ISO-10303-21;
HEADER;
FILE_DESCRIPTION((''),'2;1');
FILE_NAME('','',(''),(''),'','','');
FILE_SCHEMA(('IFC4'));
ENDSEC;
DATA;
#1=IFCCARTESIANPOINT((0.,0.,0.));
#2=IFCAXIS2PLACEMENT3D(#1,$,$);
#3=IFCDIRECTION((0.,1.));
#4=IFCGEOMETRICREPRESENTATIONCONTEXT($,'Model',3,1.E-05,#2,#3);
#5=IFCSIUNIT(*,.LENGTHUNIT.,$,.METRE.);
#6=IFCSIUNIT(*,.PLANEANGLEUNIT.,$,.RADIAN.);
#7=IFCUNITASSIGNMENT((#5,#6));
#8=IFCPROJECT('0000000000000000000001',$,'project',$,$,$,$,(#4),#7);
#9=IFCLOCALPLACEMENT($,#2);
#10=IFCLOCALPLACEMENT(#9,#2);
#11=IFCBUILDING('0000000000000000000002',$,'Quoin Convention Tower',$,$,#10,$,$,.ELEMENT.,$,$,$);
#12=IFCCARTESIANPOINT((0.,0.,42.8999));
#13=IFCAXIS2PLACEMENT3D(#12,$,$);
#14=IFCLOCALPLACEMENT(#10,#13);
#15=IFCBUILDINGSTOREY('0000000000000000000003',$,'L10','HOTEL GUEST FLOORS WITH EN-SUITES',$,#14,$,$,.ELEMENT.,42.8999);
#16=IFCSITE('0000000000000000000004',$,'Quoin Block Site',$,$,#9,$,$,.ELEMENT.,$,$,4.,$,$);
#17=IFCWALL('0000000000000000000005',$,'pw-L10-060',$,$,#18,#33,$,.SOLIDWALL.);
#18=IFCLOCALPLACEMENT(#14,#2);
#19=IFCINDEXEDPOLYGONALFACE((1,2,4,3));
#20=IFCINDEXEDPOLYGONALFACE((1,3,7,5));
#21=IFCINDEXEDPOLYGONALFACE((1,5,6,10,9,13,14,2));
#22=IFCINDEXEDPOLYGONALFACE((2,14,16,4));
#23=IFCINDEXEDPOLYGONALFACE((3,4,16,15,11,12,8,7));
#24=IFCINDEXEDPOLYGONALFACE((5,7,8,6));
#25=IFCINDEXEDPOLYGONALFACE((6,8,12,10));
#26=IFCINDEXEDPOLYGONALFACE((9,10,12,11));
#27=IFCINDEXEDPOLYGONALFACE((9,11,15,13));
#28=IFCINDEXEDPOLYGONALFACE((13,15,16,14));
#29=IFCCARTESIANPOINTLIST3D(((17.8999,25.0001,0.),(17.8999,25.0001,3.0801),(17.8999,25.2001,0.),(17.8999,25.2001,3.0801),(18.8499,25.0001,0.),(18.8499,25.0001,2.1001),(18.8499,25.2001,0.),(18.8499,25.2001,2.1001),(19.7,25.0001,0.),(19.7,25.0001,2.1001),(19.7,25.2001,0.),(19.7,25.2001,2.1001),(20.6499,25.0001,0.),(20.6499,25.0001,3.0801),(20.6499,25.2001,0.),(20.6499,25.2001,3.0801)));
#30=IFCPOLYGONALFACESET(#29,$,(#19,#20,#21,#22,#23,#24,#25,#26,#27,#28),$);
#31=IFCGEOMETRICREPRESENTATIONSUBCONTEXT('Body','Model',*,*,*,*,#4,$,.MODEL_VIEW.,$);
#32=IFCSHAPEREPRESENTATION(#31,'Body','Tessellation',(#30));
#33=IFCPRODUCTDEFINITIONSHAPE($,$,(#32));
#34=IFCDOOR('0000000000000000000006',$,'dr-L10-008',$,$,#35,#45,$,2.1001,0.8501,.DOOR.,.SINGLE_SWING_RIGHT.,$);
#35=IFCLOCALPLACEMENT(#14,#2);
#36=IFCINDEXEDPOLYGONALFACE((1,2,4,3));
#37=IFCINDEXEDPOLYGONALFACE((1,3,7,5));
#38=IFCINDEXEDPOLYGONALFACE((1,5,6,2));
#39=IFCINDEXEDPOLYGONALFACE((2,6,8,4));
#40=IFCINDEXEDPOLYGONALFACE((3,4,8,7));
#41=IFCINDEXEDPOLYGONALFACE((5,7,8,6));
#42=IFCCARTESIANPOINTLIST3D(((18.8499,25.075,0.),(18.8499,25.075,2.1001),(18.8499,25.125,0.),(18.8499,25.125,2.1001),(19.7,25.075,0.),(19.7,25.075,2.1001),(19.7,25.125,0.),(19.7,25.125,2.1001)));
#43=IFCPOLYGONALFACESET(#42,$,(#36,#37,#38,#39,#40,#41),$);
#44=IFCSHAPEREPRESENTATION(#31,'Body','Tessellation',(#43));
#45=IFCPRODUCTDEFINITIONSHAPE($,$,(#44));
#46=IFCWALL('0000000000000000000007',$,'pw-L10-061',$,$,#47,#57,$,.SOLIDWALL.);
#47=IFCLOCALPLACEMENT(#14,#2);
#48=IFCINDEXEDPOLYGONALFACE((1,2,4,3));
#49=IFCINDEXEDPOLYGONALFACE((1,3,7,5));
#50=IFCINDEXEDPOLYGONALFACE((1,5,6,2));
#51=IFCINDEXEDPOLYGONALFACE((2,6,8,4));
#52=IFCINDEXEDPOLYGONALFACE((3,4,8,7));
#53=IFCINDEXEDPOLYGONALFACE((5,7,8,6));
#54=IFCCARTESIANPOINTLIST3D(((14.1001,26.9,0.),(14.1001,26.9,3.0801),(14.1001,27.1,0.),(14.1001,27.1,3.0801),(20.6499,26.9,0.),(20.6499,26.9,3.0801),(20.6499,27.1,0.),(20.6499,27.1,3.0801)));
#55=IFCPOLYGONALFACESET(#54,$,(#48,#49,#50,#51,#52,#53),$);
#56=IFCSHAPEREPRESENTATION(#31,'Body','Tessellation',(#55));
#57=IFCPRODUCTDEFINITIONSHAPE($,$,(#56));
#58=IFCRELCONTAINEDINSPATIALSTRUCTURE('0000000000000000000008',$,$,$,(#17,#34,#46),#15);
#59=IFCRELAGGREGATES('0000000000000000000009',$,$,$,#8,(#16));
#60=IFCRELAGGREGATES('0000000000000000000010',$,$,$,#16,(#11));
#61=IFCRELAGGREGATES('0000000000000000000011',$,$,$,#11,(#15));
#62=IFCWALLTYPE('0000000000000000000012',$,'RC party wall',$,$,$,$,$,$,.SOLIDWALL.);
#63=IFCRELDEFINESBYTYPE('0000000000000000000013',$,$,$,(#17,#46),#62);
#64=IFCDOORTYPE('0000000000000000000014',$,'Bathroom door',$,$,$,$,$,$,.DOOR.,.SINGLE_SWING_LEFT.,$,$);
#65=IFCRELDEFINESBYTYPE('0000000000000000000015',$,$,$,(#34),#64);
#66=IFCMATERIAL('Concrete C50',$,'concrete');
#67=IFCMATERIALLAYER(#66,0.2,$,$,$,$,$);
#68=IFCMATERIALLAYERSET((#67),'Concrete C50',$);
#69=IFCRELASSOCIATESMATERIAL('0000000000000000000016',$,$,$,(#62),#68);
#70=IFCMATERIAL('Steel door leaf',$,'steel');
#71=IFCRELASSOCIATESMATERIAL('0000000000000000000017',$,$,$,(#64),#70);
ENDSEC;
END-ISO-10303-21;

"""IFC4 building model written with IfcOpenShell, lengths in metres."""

from ifc_helpers import new_model, si_unit, direction, frame, frame_2d, origin, place, context, subcontext, project, spatial, rectangle, extrude, material, layer, layer_set, type_object, element, fill, save


model = new_model("IFC4")

# Units and contexts
model_context = context("Model", 3, precision=1e-05, world=origin(), true_north=direction((0.0, 1.0)))
body_context = subcontext(model_context, "Body", "Model", "MODEL_VIEW")
ifc_project = project(units=[si_unit("LENGTHUNIT", "METRE"), si_unit("PLANEANGLEUNIT", "RADIAN")], contexts=[model_context])

# Site, building, storey
site_placement = place(None, origin())
site = spatial("IfcSite", under=ifc_project, at=site_placement, Name="Quoin Block Site", CompositionType="ELEMENT", RefElevation=4.0)
building_placement = place(site_placement, origin())
building = spatial("IfcBuilding", under=site, at=building_placement, Name="Quoin Convention Tower", CompositionType="ELEMENT")
storey_placement = place(building_placement, frame((0.0, 0.0, 42.8999)))
storey = spatial("IfcBuildingStorey", under=building, at=storey_placement, Name="L10", Description="HOTEL GUEST FLOORS WITH EN-SUITES", CompositionType="ELEMENT", Elevation=42.8999)

# Shared definitions
ifc_material_1 = material(Name="Concrete C50", Category="concrete")

# Shared definitions
ifc_layer_1 = layer(ifc_material_1, 0.2)
ifc_layer_set_1 = layer_set([ifc_layer_1], Name="Concrete C50")
wall_type_1 = type_object("IfcWallType", Name="RC party wall", PredefinedType="SOLIDWALL", material=ifc_layer_set_1)

# Shared definitions
ifc_material_2 = material(Name="Steel door leaf", Category="steel")
door_type = type_object("IfcDoorType", Name="Bathroom door", OperationType="SINGLE_SWING_LEFT", PredefinedType="DOOR", material=ifc_material_2)

# Wall, opening, door
wall_1_placement = place(storey_placement, frame((17.8999, 25.1001, 0.0), z_axis=(0.0, 0.0, 1.0), x_axis=(1.0, 0.0, 0.0)))
wall_1 = element("IfcWall", 1, at=wall_1_placement, inside=storey, type_object=wall_type_1, Name="pw-L10-060", PredefinedType="SOLIDWALL", context=body_context, shape_type="SweptSolid", body=[
    extrude(rectangle(XDim=2.75, YDim=0.2, at=frame_2d((1.375, 0.0))), origin(), (0.0, 0.0, 1.0), 3.0801),
])
opening_1_placement = place(wall_1_placement, frame((0.95, 0.0, 0.0)))
opening_1 = element("IfcOpeningElement", 2, at=opening_1_placement, cuts=wall_1, PredefinedType="OPENING", context=body_context, shape_type="SweptSolid", body=[
    extrude(rectangle(XDim=0.8501, YDim=2.1001, at=frame_2d((0.425, 1.05))), frame((0.0, 0.1099, 0.0), z_axis=(0.0, -1.0, 0.0), x_axis=(1.0, 0.0, 0.0)), (0.0, 0.0, 1.0), 0.22),
])
door_1_placement = place(opening_1_placement, origin())
door_1 = element("IfcDoor", 3, at=door_1_placement, inside=storey, type_object=door_type, Name="dr-L10-008", OperationType="SINGLE_SWING_RIGHT", OverallHeight=2.1001, OverallWidth=0.8501, PredefinedType="DOOR", context=body_context, shape_type="SweptSolid", body=[
    extrude(rectangle(XDim=0.8501, YDim=2.1001, at=frame_2d((0.425, 1.05))), frame((0.0, 0.0249, 0.0), z_axis=(0.0, -1.0, 0.0), x_axis=(1.0, 0.0, 0.0)), (0.0, 0.0, 1.0), 0.05),
])
fill(opening_1, door_1)

# Wall
wall_2_placement = place(storey_placement, frame((14.1001, 27.0, 0.0), z_axis=(0.0, 0.0, 1.0), x_axis=(1.0, 0.0, 0.0)))
element("IfcWall", 4, at=wall_2_placement, inside=storey, type_object=wall_type_1, Name="pw-L10-061", PredefinedType="SOLIDWALL", context=body_context, shape_type="SweptSolid", body=[
    extrude(rectangle(XDim=6.5498, YDim=0.2, at=frame_2d((3.2749, 0.0))), origin(), (0.0, 0.0, 1.0), 3.0801),
])

save(model, "model.ifc")
